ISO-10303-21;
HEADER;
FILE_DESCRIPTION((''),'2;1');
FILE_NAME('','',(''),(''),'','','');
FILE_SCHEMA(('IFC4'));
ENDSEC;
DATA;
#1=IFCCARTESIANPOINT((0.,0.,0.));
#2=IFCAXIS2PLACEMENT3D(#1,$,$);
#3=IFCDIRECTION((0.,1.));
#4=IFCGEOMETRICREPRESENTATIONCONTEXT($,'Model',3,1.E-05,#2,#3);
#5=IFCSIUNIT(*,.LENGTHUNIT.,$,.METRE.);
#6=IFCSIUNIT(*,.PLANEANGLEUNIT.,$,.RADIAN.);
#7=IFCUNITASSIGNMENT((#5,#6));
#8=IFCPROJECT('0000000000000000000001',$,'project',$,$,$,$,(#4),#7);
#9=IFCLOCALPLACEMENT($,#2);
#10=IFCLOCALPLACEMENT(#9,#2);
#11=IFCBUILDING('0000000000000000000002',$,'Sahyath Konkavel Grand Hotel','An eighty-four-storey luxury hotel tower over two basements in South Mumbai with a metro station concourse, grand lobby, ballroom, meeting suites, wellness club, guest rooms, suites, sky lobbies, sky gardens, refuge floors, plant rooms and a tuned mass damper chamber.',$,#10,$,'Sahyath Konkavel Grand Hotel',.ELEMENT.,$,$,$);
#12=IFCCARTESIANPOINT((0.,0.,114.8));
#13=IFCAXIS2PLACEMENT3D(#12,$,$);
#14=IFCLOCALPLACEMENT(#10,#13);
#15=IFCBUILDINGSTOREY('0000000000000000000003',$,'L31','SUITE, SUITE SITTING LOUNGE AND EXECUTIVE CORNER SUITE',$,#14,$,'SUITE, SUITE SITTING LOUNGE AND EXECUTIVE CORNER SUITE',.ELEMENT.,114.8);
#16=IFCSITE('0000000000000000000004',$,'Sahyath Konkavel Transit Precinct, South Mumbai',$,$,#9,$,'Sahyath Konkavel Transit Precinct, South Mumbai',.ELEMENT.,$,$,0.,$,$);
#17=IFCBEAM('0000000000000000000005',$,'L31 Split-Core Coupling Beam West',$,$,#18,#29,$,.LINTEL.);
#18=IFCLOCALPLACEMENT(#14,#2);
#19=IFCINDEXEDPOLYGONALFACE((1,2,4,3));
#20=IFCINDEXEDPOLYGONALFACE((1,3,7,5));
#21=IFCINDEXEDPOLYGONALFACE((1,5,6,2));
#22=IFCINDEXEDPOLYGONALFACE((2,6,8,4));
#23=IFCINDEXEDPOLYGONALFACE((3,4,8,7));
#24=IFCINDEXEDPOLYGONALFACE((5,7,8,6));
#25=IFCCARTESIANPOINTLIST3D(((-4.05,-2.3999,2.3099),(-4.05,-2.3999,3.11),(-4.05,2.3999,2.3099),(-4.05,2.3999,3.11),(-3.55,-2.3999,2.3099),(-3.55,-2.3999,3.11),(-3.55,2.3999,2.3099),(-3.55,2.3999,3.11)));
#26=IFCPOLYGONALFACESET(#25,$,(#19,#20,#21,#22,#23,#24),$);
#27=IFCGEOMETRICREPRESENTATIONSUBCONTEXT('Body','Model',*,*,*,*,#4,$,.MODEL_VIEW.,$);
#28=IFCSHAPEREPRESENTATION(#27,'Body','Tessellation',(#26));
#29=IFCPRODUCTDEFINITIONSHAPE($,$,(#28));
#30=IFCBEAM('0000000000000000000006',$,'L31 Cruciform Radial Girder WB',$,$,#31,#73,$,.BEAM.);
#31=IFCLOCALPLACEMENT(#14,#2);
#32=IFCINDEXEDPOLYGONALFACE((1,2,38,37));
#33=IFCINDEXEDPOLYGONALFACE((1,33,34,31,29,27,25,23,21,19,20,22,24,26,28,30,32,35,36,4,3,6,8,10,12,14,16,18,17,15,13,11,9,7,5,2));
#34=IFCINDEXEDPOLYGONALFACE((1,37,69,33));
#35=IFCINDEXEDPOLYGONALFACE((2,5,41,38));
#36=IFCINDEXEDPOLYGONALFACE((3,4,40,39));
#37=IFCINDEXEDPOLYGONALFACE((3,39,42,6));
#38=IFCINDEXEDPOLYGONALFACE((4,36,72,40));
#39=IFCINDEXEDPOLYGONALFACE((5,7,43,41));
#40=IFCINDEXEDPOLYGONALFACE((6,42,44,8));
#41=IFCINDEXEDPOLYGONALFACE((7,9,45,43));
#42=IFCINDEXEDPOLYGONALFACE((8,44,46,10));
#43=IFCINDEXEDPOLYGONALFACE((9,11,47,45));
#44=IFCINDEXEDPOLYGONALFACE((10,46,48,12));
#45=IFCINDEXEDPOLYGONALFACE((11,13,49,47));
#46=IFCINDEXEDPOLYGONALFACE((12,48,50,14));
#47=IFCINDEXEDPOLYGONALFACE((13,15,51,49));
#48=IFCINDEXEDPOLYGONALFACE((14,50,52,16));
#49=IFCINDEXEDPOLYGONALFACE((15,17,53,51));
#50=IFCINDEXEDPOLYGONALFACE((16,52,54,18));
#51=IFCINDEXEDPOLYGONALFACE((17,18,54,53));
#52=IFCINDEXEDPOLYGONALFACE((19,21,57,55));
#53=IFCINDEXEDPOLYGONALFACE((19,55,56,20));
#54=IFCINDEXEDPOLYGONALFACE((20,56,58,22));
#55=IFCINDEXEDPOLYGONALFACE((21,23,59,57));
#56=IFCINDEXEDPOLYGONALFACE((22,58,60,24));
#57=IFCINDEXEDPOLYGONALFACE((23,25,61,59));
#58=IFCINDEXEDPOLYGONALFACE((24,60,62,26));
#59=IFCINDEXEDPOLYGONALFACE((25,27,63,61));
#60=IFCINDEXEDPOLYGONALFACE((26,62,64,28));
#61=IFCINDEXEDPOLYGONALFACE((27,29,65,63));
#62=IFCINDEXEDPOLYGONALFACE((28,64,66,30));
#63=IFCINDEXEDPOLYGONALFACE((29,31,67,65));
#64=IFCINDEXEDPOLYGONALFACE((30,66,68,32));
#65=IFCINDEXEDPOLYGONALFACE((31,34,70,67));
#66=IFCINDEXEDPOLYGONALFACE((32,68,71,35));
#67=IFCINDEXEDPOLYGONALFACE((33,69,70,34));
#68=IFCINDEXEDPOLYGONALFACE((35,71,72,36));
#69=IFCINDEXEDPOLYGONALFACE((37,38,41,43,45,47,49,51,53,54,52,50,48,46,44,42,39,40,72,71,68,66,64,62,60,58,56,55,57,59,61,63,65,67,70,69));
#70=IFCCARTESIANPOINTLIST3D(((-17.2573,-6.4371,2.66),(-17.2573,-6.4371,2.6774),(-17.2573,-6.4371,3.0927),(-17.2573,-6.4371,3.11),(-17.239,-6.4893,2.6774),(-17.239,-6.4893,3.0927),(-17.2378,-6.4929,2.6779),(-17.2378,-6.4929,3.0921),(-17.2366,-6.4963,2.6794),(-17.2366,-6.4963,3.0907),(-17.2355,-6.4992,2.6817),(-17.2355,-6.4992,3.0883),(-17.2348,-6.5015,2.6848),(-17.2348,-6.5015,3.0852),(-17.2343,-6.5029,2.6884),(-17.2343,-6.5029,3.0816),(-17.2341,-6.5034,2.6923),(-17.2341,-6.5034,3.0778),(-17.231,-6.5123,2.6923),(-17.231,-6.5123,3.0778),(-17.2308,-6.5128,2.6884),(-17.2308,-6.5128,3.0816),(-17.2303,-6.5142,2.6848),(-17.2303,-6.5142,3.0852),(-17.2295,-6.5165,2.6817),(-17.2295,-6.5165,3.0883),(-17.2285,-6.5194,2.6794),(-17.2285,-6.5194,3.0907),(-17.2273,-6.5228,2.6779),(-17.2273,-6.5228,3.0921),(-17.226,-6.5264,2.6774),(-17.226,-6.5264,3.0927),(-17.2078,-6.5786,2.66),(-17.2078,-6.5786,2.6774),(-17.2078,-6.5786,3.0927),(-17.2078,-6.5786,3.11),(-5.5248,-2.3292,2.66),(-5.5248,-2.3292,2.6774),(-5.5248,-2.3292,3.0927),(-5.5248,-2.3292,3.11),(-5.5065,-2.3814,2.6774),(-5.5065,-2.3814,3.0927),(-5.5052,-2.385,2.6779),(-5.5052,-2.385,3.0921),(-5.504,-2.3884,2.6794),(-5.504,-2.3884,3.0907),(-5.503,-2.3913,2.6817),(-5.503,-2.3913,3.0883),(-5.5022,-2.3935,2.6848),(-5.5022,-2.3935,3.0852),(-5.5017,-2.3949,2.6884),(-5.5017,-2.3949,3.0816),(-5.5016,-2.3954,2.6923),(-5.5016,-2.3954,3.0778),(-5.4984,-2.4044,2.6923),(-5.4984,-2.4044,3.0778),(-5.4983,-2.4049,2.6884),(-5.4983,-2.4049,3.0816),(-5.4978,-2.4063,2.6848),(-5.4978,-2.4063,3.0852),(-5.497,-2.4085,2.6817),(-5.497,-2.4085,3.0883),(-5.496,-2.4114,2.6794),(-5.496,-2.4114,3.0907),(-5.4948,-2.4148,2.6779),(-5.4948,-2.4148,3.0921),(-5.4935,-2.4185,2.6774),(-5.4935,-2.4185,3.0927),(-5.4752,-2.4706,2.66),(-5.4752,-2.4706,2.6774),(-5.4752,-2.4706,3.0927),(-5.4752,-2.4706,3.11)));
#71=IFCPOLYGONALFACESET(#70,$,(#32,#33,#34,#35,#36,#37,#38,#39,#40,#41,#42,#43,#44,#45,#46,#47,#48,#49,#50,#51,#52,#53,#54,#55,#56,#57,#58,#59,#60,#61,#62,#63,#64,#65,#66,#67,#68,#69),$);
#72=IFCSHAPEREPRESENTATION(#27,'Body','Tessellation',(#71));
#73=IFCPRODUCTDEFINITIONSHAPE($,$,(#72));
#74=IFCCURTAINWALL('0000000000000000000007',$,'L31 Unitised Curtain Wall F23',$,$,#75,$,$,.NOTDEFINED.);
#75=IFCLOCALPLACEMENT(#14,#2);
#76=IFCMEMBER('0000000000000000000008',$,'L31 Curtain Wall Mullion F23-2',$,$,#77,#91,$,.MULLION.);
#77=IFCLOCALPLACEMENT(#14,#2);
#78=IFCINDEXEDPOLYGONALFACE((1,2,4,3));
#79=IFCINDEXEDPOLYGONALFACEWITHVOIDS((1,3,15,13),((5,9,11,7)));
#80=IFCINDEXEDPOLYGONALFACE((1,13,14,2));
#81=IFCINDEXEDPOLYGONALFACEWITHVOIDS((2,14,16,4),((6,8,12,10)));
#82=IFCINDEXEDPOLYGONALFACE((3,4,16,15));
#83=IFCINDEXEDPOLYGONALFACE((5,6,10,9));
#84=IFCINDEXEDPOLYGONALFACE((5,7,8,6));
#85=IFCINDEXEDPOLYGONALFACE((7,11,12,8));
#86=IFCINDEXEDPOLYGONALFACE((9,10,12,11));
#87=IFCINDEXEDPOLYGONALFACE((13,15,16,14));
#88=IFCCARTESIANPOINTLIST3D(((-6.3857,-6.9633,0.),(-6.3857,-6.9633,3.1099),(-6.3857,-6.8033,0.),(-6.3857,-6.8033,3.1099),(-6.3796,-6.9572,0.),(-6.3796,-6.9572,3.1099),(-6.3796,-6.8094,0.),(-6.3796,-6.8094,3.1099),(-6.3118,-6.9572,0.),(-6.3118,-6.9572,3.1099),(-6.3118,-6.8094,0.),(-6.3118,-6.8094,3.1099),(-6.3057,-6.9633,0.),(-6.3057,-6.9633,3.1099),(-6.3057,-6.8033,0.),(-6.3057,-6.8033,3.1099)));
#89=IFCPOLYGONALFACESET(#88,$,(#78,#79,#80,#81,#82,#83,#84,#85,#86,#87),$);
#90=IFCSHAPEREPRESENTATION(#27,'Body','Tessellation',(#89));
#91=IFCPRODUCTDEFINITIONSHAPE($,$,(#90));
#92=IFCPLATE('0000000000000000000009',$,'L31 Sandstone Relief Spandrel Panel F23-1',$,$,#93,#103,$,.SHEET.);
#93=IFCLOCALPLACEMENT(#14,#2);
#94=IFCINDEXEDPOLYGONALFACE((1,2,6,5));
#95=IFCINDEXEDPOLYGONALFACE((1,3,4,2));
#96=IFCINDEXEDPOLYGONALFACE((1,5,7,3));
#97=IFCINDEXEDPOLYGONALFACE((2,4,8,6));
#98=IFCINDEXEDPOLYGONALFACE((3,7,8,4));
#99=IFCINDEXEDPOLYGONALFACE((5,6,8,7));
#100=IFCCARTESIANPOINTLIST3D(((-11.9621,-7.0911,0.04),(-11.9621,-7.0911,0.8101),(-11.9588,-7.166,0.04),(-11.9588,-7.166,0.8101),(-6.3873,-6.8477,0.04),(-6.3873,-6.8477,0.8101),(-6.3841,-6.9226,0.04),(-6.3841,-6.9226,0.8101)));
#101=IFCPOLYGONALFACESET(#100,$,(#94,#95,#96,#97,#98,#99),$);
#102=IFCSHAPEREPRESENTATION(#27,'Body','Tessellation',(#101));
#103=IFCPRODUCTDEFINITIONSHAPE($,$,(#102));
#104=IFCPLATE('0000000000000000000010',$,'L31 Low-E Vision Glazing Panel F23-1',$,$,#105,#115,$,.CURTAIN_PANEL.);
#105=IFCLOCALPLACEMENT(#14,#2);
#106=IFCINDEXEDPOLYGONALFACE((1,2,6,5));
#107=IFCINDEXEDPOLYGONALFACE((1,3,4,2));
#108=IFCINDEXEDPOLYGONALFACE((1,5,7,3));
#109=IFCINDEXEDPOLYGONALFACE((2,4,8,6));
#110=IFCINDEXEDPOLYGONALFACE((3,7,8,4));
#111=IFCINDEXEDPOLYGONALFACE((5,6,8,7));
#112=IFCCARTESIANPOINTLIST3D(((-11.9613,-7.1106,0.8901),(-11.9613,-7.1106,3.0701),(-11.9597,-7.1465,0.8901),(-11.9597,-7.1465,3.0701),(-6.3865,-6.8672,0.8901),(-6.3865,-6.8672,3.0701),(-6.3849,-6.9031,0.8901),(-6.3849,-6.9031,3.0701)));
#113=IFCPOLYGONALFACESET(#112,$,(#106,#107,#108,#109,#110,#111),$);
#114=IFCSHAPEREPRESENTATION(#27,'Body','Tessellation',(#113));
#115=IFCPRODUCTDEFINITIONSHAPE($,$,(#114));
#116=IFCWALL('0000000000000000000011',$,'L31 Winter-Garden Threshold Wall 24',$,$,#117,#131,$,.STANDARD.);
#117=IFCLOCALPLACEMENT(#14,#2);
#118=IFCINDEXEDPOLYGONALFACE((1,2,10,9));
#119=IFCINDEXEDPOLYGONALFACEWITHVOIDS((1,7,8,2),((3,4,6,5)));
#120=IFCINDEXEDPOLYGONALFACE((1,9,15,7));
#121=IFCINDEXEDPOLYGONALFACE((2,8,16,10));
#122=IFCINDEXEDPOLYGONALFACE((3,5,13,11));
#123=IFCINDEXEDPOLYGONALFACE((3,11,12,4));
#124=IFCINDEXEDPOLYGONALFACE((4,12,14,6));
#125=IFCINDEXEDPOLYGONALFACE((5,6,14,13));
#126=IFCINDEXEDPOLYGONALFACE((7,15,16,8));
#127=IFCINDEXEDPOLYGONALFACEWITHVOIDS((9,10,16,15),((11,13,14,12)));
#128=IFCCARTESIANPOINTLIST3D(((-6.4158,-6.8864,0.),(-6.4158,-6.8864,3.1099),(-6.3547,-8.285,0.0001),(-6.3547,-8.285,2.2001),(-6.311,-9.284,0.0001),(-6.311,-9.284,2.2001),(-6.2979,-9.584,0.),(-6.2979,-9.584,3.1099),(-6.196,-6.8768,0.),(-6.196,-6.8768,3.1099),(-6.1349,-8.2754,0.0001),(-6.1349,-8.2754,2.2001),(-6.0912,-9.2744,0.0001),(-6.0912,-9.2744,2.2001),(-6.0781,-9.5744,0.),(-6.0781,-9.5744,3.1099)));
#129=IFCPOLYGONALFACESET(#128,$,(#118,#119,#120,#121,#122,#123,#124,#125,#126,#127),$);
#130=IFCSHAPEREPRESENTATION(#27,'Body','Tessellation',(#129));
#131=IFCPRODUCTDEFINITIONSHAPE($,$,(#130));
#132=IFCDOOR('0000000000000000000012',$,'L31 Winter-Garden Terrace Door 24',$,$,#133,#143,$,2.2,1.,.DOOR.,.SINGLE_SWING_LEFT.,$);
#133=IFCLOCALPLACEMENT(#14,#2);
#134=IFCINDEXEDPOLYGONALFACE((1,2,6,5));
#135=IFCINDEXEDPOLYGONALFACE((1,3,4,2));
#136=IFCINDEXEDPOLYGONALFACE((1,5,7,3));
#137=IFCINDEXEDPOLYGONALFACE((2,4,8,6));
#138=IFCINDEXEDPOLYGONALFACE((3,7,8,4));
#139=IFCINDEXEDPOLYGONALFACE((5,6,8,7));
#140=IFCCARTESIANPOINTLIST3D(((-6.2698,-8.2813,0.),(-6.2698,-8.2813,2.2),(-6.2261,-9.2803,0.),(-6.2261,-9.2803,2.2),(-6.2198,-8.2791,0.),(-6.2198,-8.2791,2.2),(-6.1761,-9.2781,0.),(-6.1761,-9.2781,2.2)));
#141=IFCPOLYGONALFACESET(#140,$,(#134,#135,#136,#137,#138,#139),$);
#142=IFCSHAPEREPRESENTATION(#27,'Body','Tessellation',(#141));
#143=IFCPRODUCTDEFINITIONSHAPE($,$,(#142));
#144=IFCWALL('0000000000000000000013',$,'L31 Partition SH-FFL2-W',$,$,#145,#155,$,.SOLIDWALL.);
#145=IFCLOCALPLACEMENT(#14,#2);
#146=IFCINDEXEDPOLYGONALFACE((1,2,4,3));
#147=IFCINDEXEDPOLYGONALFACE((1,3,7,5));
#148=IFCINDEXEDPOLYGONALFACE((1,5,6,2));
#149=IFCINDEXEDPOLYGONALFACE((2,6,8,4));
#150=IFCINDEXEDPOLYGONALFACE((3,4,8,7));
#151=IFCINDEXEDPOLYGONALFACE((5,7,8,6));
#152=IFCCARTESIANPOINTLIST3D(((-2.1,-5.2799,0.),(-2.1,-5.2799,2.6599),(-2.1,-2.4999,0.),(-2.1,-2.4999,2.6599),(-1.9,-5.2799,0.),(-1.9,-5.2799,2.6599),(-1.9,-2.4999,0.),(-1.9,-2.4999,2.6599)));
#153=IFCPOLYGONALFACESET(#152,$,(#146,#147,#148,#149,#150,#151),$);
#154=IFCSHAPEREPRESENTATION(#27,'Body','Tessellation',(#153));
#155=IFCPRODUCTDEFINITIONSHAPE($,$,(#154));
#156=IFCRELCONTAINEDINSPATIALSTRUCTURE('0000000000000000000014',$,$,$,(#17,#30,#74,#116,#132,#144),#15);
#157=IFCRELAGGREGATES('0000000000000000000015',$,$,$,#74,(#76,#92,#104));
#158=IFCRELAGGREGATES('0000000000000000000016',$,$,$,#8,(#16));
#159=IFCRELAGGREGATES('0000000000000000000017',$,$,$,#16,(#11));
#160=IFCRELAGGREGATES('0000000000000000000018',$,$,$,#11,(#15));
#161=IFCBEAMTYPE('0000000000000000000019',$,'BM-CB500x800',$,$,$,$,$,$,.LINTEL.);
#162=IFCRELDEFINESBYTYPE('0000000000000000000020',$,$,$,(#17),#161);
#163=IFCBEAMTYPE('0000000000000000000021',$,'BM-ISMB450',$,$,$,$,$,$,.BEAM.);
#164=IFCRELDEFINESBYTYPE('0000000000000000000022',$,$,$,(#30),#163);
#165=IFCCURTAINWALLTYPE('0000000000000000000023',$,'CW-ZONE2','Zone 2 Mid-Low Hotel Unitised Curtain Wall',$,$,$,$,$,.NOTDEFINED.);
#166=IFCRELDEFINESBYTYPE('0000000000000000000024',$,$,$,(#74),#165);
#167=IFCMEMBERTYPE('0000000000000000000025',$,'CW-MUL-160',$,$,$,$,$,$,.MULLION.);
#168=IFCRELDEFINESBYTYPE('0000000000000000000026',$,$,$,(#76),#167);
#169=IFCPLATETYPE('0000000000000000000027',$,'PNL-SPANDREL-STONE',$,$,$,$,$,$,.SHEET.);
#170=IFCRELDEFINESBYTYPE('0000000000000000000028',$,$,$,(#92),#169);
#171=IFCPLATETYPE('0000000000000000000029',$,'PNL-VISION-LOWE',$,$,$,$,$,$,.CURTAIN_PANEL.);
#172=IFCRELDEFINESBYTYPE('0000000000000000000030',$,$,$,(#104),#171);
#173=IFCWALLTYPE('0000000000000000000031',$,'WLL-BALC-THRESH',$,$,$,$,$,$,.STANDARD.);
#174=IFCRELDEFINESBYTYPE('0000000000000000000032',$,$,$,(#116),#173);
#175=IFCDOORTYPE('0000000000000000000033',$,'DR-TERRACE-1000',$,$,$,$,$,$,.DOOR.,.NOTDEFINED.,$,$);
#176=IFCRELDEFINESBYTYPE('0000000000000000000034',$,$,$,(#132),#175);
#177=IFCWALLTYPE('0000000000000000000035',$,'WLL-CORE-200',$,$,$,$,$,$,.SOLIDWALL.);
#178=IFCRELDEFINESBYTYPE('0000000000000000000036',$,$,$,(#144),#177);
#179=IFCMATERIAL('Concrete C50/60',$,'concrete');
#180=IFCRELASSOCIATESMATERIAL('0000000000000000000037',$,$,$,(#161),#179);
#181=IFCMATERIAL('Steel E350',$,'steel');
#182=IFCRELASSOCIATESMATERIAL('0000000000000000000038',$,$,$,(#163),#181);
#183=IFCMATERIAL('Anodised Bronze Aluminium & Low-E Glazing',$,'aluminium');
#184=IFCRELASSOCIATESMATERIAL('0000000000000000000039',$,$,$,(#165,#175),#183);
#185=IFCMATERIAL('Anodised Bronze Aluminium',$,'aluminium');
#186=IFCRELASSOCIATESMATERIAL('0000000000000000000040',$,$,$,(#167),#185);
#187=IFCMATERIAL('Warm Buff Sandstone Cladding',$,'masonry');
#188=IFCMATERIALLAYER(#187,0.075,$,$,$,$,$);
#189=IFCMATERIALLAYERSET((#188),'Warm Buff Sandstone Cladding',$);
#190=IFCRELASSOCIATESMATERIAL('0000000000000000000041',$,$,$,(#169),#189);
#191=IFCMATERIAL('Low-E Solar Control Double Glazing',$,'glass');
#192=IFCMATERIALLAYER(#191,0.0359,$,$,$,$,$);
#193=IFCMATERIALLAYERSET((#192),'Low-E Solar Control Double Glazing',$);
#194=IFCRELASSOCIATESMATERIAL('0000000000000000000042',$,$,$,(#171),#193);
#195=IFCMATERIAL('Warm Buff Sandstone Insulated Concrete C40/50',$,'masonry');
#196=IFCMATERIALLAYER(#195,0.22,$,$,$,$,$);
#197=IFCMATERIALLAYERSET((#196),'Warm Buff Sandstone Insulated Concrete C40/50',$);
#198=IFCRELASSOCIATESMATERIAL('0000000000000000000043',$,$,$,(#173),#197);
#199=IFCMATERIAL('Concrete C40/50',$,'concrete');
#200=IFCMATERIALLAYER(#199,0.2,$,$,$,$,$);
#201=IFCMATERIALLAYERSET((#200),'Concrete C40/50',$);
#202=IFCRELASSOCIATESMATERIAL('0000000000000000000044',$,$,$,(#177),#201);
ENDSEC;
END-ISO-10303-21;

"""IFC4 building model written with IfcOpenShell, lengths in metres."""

from ifc_helpers import new_model, si_unit, direction, frame, frame_2d, origin, origin_2d, place, context, subcontext, project, spatial, rectangle, hollow_rectangle, i_section, extrude, source, transform, mapped, material, layer, layer_set, material_profile, profile_set, type_object, element, fill, aggregate, save


model = new_model("IFC4")

# Units and contexts
model_context = context("Model", 3, precision=1e-05, world=origin(), true_north=direction((0.0, 1.0)))
body_context = subcontext(model_context, "Body", "Model", "MODEL_VIEW")
ifc_project = project(units=[si_unit("LENGTHUNIT", "METRE"), si_unit("PLANEANGLEUNIT", "RADIAN")], contexts=[model_context])

# Site, building, storey
site_placement = place(None, origin())
site = spatial("IfcSite", under=ifc_project, at=site_placement, Name="Sahyath Konkavel Transit Precinct, South Mumbai", LongName="Sahyath Konkavel Transit Precinct, South Mumbai", CompositionType="ELEMENT", RefElevation=0.0)
building_placement = place(site_placement, origin())
building = spatial("IfcBuilding", under=site, at=building_placement, Name="Sahyath Konkavel Grand Hotel", Description="An eighty-four-storey luxury hotel tower over two basements in South Mumbai with a metro station concourse, grand lobby, ballroom, meeting suites, wellness club, guest rooms, suites, sky lobbies, sky gardens, refuge floors, plant rooms and a tuned mass damper chamber.", LongName="Sahyath Konkavel Grand Hotel", CompositionType="ELEMENT")
storey_placement = place(building_placement, frame((0.0, 0.0, 114.8)))
storey = spatial("IfcBuildingStorey", under=building, at=storey_placement, Name="L31", Description="SUITE, SUITE SITTING LOUNGE AND EXECUTIVE CORNER SUITE", LongName="SUITE, SUITE SITTING LOUNGE AND EXECUTIVE CORNER SUITE", CompositionType="ELEMENT", Elevation=114.8)

# Shared definitions
ifc_material_1 = material(Name="Concrete C50/60", Category="concrete")

# Beams
ifc_material_2 = material(Name="Steel E350", Category="steel")
ifc_material_profile_1 = material_profile(ifc_material_1, rectangle(XDim=0.5, YDim=0.8, at=origin_2d()), Name="RC 500x800")
ifc_profile_set_1 = profile_set([ifc_material_profile_1], Name="Concrete C50/60")
beam_type_1 = type_object("IfcBeamType", Name="BM-CB500x800", PredefinedType="LINTEL", material=ifc_profile_set_1)
shared_shape_1 = source(origin(), body_context, "Body", "SweptSolid", [
    extrude(rectangle(XDim=0.5, YDim=0.8, at=origin_2d()), origin(), (0.0, 0.0, 1.0), 4.7998),
])
beam_1_placement = place(storey_placement, frame((-3.8, -2.3999, 2.71), z_axis=(0.0, 1.0, 0.0), x_axis=(-1.0, 0.0, 0.0)))
element("IfcBeam", 1, at=beam_1_placement, inside=storey, type_object=beam_type_1, Name="L31 Split-Core Coupling Beam West", PredefinedType="LINTEL", context=body_context, shape_type="MappedRepresentation", body=[
    mapped(shared_shape_1, transform((0.0, 0.0, 0.0), scale=1.0)),
])
ifc_material_profile_2 = material_profile(ifc_material_2, i_section(OverallWidth=0.1499, OverallDepth=0.45, WebThickness=0.0095, FlangeThickness=0.0173, FilletRadius=0.0149, at=origin_2d()), Name="ISMB 450")
ifc_profile_set_2 = profile_set([ifc_material_profile_2], Name="Steel E350")
beam_type_2 = type_object("IfcBeamType", Name="BM-ISMB450", PredefinedType="BEAM", material=ifc_profile_set_2)
shared_shape_2 = source(origin(), body_context, "Body", "SweptSolid", [
    extrude(i_section(OverallWidth=0.1499, OverallDepth=0.45, WebThickness=0.0095, FlangeThickness=0.0173, FilletRadius=0.0149, at=origin_2d()), origin(), (0.0, 0.0, 1.0), 12.4309),
])
beam_2_placement = place(storey_placement, frame((-5.5, -2.3999, 2.885), z_axis=(-0.943819, -0.330462, 0.0), x_axis=(0.330462, -0.943819, 0.0)))
element("IfcBeam", 2, at=beam_2_placement, inside=storey, type_object=beam_type_2, Name="L31 Cruciform Radial Girder WB", PredefinedType="BEAM", context=body_context, shape_type="MappedRepresentation", body=[
    mapped(shared_shape_2, transform((0.0, 0.0, 0.0), scale=1.0)),
])

# Curtain wall, member, plates
ifc_material_3 = material(Name="Anodised Bronze Aluminium & Low-E Glazing", Category="aluminium")
curtain_wall_type = type_object("IfcCurtainWallType", Name="CW-ZONE2", Description="Zone 2 Mid-Low Hotel Unitised Curtain Wall", PredefinedType="NOTDEFINED", material=ifc_material_3)
curtain_wall_placement = place(storey_placement, origin())
curtain_wall = element("IfcCurtainWall", 3, at=curtain_wall_placement, inside=storey, type_object=curtain_wall_type, Name="L31 Unitised Curtain Wall F23", PredefinedType="NOTDEFINED")
ifc_material_4 = material(Name="Anodised Bronze Aluminium", Category="aluminium")
ifc_material_profile_3 = material_profile(ifc_material_4, hollow_rectangle(XDim=0.0801, YDim=0.1599, WallThickness=0.0061, at=origin_2d()), Name="RHS 160x80x6")
ifc_profile_set_3 = profile_set([ifc_material_profile_3], Name="Anodised Bronze Aluminium")
member_type = type_object("IfcMemberType", Name="CW-MUL-160", PredefinedType="MULLION", material=ifc_profile_set_3)
shared_shape_3 = source(origin(), body_context, "Body", "SweptSolid", [
    extrude(hollow_rectangle(XDim=0.0801, YDim=0.1599, WallThickness=0.0061, at=origin_2d()), origin(), (0.0, 0.0, 1.0), 3.1099),
])
member_placement = place(storey_placement, frame((-6.3457, -6.8833, 0.0), z_axis=(0.0, 0.0, 1.0), x_axis=(1.0, 0.0, 0.0)))
member = element("IfcMember", 4, at=member_placement, type_object=member_type, Name="L31 Curtain Wall Mullion F23-2", PredefinedType="MULLION", context=body_context, shape_type="MappedRepresentation", body=[
    mapped(shared_shape_3, transform((0.0, 0.0, 0.0), scale=1.0)),
])
ifc_material_5 = material(Name="Warm Buff Sandstone Cladding", Category="masonry")
ifc_layer_1 = layer(ifc_material_5, 0.075)
ifc_layer_set_1 = layer_set([ifc_layer_1], Name="Warm Buff Sandstone Cladding")
plate_type_1 = type_object("IfcPlateType", Name="PNL-SPANDREL-STONE", PredefinedType="SHEET", material=ifc_layer_set_1)
shared_shape_4 = source(origin(), body_context, "Body", "SweptSolid", [
    extrude(rectangle(XDim=5.5801, YDim=0.075, at=origin_2d()), origin(), (0.0, 0.0, 1.0), 0.77),
])
plate_1_placement = place(storey_placement, frame((-9.1731, -7.0068, 0.04), z_axis=(0.0, 0.0, 1.0), x_axis=(0.999048, 0.043619, 0.0)))
plate_1 = element("IfcPlate", 5, at=plate_1_placement, type_object=plate_type_1, Name="L31 Sandstone Relief Spandrel Panel F23-1", PredefinedType="SHEET", context=body_context, shape_type="MappedRepresentation", body=[
    mapped(shared_shape_4, transform((0.0, 0.0, 0.0), scale=1.0)),
])
ifc_material_6 = material(Name="Low-E Solar Control Double Glazing", Category="glass")
ifc_layer_2 = layer(ifc_material_6, 0.0359)
ifc_layer_set_2 = layer_set([ifc_layer_2], Name="Low-E Solar Control Double Glazing")
plate_type_2 = type_object("IfcPlateType", Name="PNL-VISION-LOWE", PredefinedType="CURTAIN_PANEL", material=ifc_layer_set_2)
shared_shape_5 = source(origin(), body_context, "Body", "SweptSolid", [
    extrude(rectangle(XDim=5.5801, YDim=0.0359, at=origin_2d()), origin(), (0.0, 0.0, 1.0), 2.1799),
])
plate_2_placement = place(storey_placement, frame((-9.1731, -7.0068, 0.8901), z_axis=(0.0, 0.0, 1.0), x_axis=(0.999048, 0.043619, 0.0)))
plate_2 = element("IfcPlate", 6, at=plate_2_placement, type_object=plate_type_2, Name="L31 Low-E Vision Glazing Panel F23-1", PredefinedType="CURTAIN_PANEL", context=body_context, shape_type="MappedRepresentation", body=[
    mapped(shared_shape_5, transform((0.0, 0.0, 0.0), scale=1.0)),
])
aggregate(curtain_wall, [member, plate_1, plate_2])

# Wall, opening, door
ifc_material_7 = material(Name="Warm Buff Sandstone Insulated Concrete C40/50", Category="masonry")
ifc_layer_3 = layer(ifc_material_7, 0.22)
ifc_layer_set_3 = layer_set([ifc_layer_3], Name="Warm Buff Sandstone Insulated Concrete C40/50")
wall_type_1 = type_object("IfcWallType", Name="WLL-BALC-THRESH", PredefinedType="STANDARD", material=ifc_layer_set_3)
wall_1_placement = place(storey_placement, frame((-6.3059, -6.8816, 0.0), z_axis=(0.0, 0.0, 1.0), x_axis=(0.043673, -0.999046, 0.0)))
wall_1 = element("IfcWall", 7, at=wall_1_placement, inside=storey, type_object=wall_type_1, Name="L31 Winter-Garden Threshold Wall 24", PredefinedType="STANDARD", context=body_context, shape_type="SweptSolid", body=[
    extrude(rectangle(XDim=2.7002, YDim=0.22, at=frame_2d((1.3501, 0.0))), origin(), (0.0, 0.0, 1.0), 3.1099),
])
opening_1_placement = place(wall_1_placement, frame((1.3999, 0.0, 0.0)))
opening_1 = element("IfcOpeningElement", 8, at=opening_1_placement, cuts=wall_1, PredefinedType="OPENING", context=body_context, shape_type="SweptSolid", body=[
    extrude(rectangle(XDim=1.0, YDim=2.2, at=frame_2d((0.5, 1.1001))), frame((0.0, 0.1201, 0.0), z_axis=(0.0, -1.0, 0.0), x_axis=(1.0, 0.0, 0.0)), (0.0, 0.0, 1.0), 0.24),
])
door_type_1 = type_object("IfcDoorType", Name="DR-TERRACE-1000", OperationType="NOTDEFINED", PredefinedType="DOOR", material=ifc_material_3)
shared_shape_6 = source(origin(), body_context, "Body", "SweptSolid", [
    extrude(rectangle(XDim=1.0, YDim=0.05, at=origin_2d()), origin(), (0.0, 0.0, 1.0), 2.2),
])
door_1_placement = place(opening_1_placement, frame((0.5, 0.0, 0.0)))
door_1 = element("IfcDoor", 9, at=door_1_placement, inside=storey, type_object=door_type_1, Name="L31 Winter-Garden Terrace Door 24", OperationType="SINGLE_SWING_LEFT", OverallHeight=2.2, OverallWidth=1.0, PredefinedType="DOOR", context=body_context, shape_type="MappedRepresentation", body=[
    mapped(shared_shape_6, transform((0.0, 0.0, 0.0), scale=1.0)),
])
fill(opening_1, door_1)

# Wall
ifc_material_8 = material(Name="Concrete C40/50", Category="concrete")
ifc_layer_4 = layer(ifc_material_8, 0.2)
ifc_layer_set_4 = layer_set([ifc_layer_4], Name="Concrete C40/50")
wall_type_2 = type_object("IfcWallType", Name="WLL-CORE-200", PredefinedType="SOLIDWALL", material=ifc_layer_set_4)
wall_2_placement = place(storey_placement, frame((-2.0, -5.28, 0.0), z_axis=(0.0, 0.0, 1.0), x_axis=(0.0, 1.0, 0.0)))
element("IfcWall", 10, at=wall_2_placement, inside=storey, type_object=wall_type_2, Name="L31 Partition SH-FFL2-W", PredefinedType="SOLIDWALL", context=body_context, shape_type="SweptSolid", body=[
    extrude(rectangle(XDim=2.78, YDim=0.2, at=frame_2d((1.3901, 0.0))), origin(), (0.0, 0.0, 1.0), 2.6599),
])

save(model, "model.ifc")
